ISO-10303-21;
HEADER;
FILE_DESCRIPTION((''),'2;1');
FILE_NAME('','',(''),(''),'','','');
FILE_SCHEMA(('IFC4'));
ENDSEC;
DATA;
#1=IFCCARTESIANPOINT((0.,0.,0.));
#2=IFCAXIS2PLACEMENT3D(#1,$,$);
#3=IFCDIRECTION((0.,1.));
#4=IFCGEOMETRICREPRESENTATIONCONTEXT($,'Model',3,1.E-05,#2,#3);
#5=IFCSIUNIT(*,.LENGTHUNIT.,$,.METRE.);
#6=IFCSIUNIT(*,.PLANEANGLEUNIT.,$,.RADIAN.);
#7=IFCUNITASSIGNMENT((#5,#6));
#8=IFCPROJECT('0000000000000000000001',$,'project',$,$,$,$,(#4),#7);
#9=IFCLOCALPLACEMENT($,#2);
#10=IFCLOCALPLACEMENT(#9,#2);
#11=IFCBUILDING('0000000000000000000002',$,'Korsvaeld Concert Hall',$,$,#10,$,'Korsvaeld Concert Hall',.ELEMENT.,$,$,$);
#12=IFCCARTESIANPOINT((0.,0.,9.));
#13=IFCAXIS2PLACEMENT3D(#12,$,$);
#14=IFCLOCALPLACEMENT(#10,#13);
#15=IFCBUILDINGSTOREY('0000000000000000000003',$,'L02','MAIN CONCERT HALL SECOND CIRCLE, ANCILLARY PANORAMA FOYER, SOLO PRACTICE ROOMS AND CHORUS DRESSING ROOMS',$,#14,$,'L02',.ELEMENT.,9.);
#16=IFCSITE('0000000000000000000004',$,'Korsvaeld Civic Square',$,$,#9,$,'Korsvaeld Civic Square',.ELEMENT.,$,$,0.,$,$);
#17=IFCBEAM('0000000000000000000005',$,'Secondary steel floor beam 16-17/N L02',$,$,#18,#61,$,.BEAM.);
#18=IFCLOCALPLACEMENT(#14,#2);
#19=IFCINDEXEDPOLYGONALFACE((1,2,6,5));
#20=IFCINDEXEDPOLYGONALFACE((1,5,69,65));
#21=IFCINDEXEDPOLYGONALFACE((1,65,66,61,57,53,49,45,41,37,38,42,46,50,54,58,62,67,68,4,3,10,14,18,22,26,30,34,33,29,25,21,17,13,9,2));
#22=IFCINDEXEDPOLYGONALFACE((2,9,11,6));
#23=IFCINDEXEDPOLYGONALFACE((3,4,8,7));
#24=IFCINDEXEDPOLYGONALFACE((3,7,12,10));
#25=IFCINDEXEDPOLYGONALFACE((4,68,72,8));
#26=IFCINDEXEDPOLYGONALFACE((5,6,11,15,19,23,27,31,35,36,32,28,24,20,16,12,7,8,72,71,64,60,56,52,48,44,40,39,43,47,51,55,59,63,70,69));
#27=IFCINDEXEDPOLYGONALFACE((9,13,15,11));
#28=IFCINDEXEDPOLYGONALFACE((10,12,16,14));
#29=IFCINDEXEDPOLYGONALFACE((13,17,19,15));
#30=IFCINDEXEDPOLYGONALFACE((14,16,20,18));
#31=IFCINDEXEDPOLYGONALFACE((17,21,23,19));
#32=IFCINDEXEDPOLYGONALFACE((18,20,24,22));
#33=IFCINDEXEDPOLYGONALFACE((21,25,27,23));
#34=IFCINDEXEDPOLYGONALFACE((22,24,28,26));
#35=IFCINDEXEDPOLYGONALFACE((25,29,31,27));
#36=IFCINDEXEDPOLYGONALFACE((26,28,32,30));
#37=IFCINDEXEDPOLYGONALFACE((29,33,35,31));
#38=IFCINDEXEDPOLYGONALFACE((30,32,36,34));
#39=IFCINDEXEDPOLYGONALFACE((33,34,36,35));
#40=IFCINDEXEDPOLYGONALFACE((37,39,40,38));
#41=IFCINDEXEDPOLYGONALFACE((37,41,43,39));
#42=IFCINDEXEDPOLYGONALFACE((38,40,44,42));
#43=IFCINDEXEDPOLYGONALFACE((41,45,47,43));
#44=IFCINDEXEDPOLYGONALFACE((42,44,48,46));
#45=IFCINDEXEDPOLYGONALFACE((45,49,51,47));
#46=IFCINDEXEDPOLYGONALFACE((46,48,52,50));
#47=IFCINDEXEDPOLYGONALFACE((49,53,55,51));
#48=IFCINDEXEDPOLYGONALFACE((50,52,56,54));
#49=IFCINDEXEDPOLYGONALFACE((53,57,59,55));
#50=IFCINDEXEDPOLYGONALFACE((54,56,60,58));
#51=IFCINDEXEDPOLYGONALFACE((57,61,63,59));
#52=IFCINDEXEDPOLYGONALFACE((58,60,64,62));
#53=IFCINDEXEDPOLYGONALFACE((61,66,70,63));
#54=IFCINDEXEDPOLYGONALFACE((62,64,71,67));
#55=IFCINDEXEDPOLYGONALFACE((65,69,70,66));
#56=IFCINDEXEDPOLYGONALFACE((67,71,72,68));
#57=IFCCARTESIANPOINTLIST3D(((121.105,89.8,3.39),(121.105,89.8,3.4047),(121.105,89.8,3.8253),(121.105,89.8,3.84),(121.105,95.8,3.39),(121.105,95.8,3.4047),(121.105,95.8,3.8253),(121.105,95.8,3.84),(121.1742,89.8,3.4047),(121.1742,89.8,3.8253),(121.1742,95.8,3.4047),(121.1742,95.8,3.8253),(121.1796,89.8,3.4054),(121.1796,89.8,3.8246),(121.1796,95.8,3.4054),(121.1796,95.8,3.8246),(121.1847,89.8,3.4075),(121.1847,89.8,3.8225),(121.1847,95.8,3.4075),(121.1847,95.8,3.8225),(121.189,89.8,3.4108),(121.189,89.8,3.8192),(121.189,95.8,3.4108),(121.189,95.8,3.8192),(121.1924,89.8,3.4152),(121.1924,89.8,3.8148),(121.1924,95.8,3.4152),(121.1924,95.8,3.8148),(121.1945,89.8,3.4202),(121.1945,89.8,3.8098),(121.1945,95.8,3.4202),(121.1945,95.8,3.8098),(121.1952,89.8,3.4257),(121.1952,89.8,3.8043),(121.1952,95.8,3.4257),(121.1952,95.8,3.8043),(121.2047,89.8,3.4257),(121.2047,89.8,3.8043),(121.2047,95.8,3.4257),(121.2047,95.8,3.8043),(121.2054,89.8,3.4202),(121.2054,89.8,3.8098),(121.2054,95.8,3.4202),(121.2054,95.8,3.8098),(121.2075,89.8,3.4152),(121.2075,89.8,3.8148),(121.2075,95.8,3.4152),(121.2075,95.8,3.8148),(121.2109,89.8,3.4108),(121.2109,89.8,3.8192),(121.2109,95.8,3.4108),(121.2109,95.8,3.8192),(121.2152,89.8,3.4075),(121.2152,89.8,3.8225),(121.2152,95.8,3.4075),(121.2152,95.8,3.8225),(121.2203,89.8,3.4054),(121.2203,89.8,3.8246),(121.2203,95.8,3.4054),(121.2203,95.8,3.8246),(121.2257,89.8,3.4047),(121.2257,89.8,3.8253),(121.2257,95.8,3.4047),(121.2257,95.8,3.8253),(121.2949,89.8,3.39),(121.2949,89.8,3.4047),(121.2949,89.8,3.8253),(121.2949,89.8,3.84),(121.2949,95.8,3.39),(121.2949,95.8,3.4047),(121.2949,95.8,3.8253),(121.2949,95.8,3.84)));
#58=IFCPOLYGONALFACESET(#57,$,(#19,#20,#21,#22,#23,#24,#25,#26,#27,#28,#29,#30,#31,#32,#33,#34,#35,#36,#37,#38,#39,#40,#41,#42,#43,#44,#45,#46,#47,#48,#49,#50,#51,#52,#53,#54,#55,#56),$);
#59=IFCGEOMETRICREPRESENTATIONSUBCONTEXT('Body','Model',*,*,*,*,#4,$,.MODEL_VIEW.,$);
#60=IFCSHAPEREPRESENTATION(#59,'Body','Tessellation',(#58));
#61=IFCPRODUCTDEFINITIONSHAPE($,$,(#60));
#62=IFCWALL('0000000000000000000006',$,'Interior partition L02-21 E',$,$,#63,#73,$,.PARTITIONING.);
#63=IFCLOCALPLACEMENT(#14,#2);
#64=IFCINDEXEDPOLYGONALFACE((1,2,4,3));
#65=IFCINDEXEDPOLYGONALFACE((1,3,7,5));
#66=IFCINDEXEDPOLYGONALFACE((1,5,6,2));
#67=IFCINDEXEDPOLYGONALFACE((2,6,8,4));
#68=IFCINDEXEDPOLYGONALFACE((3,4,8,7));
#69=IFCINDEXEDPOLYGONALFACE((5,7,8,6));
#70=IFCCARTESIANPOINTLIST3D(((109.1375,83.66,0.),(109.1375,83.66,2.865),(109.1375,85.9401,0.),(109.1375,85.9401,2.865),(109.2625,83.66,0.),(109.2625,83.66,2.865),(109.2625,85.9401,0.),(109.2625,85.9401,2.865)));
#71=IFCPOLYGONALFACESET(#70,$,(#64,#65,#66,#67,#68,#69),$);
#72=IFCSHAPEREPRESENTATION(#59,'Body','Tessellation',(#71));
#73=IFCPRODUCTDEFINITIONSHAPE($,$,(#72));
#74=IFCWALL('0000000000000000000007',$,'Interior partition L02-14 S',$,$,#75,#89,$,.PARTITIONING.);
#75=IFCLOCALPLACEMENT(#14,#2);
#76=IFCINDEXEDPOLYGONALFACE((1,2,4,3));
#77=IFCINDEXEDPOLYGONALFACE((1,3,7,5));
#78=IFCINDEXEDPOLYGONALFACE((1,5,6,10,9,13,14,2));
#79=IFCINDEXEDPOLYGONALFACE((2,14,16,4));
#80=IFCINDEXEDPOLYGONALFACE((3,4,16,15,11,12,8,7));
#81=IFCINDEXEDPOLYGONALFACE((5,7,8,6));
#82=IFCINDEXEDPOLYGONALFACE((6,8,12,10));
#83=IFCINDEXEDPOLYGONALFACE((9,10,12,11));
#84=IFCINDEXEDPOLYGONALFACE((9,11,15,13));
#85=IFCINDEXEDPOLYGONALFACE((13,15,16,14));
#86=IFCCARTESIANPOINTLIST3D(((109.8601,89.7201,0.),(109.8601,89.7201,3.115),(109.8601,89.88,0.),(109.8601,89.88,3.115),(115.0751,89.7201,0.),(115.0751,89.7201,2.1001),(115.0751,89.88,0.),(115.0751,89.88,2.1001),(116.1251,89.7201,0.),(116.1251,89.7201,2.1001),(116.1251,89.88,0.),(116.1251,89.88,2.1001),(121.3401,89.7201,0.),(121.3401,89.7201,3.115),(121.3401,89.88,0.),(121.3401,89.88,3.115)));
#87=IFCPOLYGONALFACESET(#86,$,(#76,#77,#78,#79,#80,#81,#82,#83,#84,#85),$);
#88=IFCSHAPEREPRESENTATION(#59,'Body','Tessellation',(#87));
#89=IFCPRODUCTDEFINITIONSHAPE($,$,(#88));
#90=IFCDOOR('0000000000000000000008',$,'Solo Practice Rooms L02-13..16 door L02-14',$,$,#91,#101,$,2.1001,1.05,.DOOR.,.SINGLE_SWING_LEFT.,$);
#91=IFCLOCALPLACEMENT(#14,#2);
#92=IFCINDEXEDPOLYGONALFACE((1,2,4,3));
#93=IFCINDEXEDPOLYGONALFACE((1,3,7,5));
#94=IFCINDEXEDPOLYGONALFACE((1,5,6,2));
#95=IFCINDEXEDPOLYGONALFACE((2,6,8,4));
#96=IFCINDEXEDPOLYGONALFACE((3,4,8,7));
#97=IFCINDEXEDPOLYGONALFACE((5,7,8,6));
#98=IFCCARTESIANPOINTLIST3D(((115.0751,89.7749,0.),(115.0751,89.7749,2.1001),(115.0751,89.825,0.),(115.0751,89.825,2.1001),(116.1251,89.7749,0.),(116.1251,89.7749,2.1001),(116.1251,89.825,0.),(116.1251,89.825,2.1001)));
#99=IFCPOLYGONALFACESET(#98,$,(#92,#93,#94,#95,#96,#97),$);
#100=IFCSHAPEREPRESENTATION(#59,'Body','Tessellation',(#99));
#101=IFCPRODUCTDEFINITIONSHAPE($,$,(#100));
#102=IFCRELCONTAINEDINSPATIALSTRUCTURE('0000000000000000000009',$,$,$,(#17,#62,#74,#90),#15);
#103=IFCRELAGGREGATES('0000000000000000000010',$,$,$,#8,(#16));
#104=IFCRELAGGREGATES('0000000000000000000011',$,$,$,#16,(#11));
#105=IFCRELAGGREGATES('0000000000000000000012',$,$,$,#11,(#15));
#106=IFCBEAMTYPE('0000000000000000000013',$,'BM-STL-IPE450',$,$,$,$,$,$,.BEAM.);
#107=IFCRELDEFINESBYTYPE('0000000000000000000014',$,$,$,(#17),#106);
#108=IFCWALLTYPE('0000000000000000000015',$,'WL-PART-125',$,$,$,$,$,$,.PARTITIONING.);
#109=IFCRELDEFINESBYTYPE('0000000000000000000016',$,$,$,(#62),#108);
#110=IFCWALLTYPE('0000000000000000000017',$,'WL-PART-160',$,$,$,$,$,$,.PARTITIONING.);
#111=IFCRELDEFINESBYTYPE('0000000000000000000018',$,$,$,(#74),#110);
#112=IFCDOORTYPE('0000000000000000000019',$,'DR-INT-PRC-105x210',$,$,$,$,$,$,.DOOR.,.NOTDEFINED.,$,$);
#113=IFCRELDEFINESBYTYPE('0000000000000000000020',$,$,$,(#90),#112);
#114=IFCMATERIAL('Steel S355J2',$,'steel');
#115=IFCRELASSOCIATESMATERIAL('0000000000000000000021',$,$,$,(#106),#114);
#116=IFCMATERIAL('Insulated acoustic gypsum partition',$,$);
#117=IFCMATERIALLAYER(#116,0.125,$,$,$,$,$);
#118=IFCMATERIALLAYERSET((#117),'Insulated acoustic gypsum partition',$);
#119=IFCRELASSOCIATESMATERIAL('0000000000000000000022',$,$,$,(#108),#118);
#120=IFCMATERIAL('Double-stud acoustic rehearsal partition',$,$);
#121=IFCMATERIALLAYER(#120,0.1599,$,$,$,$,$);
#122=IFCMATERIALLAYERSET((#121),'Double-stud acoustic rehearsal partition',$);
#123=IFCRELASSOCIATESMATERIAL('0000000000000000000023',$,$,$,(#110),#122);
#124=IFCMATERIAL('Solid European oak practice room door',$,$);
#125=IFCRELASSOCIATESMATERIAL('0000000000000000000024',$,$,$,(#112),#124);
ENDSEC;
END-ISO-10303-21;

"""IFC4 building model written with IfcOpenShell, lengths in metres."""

from ifc_helpers import new_model, si_unit, direction, frame, frame_2d, origin, origin_2d, place, context, subcontext, project, spatial, rectangle, i_section, extrude, material, layer, layer_set, material_profile, profile_set, type_object, element, fill, save


model = new_model("IFC4")

# Units and contexts
model_context = context("Model", 3, precision=1e-05, world=origin(), true_north=direction((0.0, 1.0)))
body_context = subcontext(model_context, "Body", "Model", "MODEL_VIEW")
ifc_project = project(units=[si_unit("LENGTHUNIT", "METRE"), si_unit("PLANEANGLEUNIT", "RADIAN")], contexts=[model_context])

# Site, building, storey
site_placement = place(None, origin())
site = spatial("IfcSite", under=ifc_project, at=site_placement, Name="Korsvaeld Civic Square", LongName="Korsvaeld Civic Square", CompositionType="ELEMENT", RefElevation=0.0)
building_placement = place(site_placement, origin())
building = spatial("IfcBuilding", under=site, at=building_placement, Name="Korsvaeld Concert Hall", LongName="Korsvaeld Concert Hall", CompositionType="ELEMENT")
storey_placement = place(building_placement, frame((0.0, 0.0, 9.0)))
storey = spatial("IfcBuildingStorey", under=building, at=storey_placement, Name="L02", Description="MAIN CONCERT HALL SECOND CIRCLE, ANCILLARY PANORAMA FOYER, SOLO PRACTICE ROOMS AND CHORUS DRESSING ROOMS", LongName="L02", CompositionType="ELEMENT", Elevation=9.0)

# Beam
ifc_material_1 = material(Name="Steel S355J2", Category="steel")
ifc_material_profile_1 = material_profile(ifc_material_1, i_section(OverallWidth=0.1899, OverallDepth=0.45, WebThickness=0.0095, FlangeThickness=0.0146, FilletRadius=0.021, at=origin_2d()), Name="IPE 450")
ifc_profile_set_1 = profile_set([ifc_material_profile_1], Name="Steel S355J2")
beam_type_1 = type_object("IfcBeamType", Name="BM-STL-IPE450", PredefinedType="BEAM", material=ifc_profile_set_1)
beam_1_placement = place(storey_placement, frame((121.2, 89.8, 3.615), z_axis=(0.0, 1.0, 0.0), x_axis=(-1.0, 0.0, 0.0)))
element("IfcBeam", 1, at=beam_1_placement, inside=storey, type_object=beam_type_1, Name="Secondary steel floor beam 16-17/N L02", PredefinedType="BEAM", context=body_context, shape_type="SweptSolid", body=[
    extrude(i_section(OverallWidth=0.1899, OverallDepth=0.45, WebThickness=0.0095, FlangeThickness=0.0146, FilletRadius=0.021, at=origin_2d()), origin(), (0.0, 0.0, 1.0), 6.0),
])

# Wall
ifc_material_2 = material(Name="Insulated acoustic gypsum partition")
ifc_layer_1 = layer(ifc_material_2, 0.125)
ifc_layer_set_1 = layer_set([ifc_layer_1], Name="Insulated acoustic gypsum partition")
wall_type_1 = type_object("IfcWallType", Name="WL-PART-125", PredefinedType="PARTITIONING", material=ifc_layer_set_1)
wall_1_placement = place(storey_placement, frame((109.2, 83.6599, 0.0), z_axis=(0.0, 0.0, 1.0), x_axis=(0.0, 1.0, 0.0)))
element("IfcWall", 2, at=wall_1_placement, inside=storey, type_object=wall_type_1, Name="Interior partition L02-21 E", PredefinedType="PARTITIONING", context=body_context, shape_type="SweptSolid", body=[
    extrude(rectangle(XDim=2.28, YDim=0.125, at=frame_2d((1.1401, 0.0))), origin(), (0.0, 0.0, 1.0), 2.865),
])

# Wall, opening, door
ifc_material_3 = material(Name="Double-stud acoustic rehearsal partition")
ifc_layer_2 = layer(ifc_material_3, 0.1599)
ifc_layer_set_2 = layer_set([ifc_layer_2], Name="Double-stud acoustic rehearsal partition")
wall_type_2 = type_object("IfcWallType", Name="WL-PART-160", PredefinedType="PARTITIONING", material=ifc_layer_set_2)
wall_2_placement = place(storey_placement, frame((109.8601, 89.8, 0.0), z_axis=(0.0, 0.0, 1.0), x_axis=(1.0, 0.0, 0.0)))
wall_2 = element("IfcWall", 3, at=wall_2_placement, inside=storey, type_object=wall_type_2, Name="Interior partition L02-14 S", PredefinedType="PARTITIONING", context=body_context, shape_type="SweptSolid", body=[
    extrude(rectangle(XDim=11.48, YDim=0.1599, at=frame_2d((5.74, 0.0))), origin(), (0.0, 0.0, 1.0), 3.115),
])
opening_placement = place(wall_2_placement, frame((5.2151, 0.0, 0.0)))
opening = element("IfcOpeningElement", 4, at=opening_placement, cuts=wall_2, PredefinedType="OPENING", context=body_context, shape_type="SweptSolid", body=[
    extrude(rectangle(XDim=1.05, YDim=2.1001, at=frame_2d((0.5249, 1.05))), frame((0.0, 0.0898, 0.0), z_axis=(0.0, -1.0, 0.0), x_axis=(1.0, 0.0, 0.0)), (0.0, 0.0, 1.0), 0.1799),
])
ifc_material_4 = material(Name="Solid European oak practice room door")
door_type = type_object("IfcDoorType", Name="DR-INT-PRC-105x210", OperationType="NOTDEFINED", PredefinedType="DOOR", material=ifc_material_4)
door_placement = place(opening_placement, origin())
door = element("IfcDoor", 5, at=door_placement, inside=storey, type_object=door_type, Name="Solo Practice Rooms L02-13..16 door L02-14", OperationType="SINGLE_SWING_LEFT", OverallHeight=2.1001, OverallWidth=1.05, PredefinedType="DOOR", context=body_context, shape_type="SweptSolid", body=[
    extrude(rectangle(XDim=1.05, YDim=2.1001, at=frame_2d((0.5249, 1.05))), frame((0.0, 0.0249, 0.0), z_axis=(0.0, -1.0, 0.0), x_axis=(1.0, 0.0, 0.0)), (0.0, 0.0, 1.0), 0.05),
])
fill(opening, door)

save(model, "model.ifc")
